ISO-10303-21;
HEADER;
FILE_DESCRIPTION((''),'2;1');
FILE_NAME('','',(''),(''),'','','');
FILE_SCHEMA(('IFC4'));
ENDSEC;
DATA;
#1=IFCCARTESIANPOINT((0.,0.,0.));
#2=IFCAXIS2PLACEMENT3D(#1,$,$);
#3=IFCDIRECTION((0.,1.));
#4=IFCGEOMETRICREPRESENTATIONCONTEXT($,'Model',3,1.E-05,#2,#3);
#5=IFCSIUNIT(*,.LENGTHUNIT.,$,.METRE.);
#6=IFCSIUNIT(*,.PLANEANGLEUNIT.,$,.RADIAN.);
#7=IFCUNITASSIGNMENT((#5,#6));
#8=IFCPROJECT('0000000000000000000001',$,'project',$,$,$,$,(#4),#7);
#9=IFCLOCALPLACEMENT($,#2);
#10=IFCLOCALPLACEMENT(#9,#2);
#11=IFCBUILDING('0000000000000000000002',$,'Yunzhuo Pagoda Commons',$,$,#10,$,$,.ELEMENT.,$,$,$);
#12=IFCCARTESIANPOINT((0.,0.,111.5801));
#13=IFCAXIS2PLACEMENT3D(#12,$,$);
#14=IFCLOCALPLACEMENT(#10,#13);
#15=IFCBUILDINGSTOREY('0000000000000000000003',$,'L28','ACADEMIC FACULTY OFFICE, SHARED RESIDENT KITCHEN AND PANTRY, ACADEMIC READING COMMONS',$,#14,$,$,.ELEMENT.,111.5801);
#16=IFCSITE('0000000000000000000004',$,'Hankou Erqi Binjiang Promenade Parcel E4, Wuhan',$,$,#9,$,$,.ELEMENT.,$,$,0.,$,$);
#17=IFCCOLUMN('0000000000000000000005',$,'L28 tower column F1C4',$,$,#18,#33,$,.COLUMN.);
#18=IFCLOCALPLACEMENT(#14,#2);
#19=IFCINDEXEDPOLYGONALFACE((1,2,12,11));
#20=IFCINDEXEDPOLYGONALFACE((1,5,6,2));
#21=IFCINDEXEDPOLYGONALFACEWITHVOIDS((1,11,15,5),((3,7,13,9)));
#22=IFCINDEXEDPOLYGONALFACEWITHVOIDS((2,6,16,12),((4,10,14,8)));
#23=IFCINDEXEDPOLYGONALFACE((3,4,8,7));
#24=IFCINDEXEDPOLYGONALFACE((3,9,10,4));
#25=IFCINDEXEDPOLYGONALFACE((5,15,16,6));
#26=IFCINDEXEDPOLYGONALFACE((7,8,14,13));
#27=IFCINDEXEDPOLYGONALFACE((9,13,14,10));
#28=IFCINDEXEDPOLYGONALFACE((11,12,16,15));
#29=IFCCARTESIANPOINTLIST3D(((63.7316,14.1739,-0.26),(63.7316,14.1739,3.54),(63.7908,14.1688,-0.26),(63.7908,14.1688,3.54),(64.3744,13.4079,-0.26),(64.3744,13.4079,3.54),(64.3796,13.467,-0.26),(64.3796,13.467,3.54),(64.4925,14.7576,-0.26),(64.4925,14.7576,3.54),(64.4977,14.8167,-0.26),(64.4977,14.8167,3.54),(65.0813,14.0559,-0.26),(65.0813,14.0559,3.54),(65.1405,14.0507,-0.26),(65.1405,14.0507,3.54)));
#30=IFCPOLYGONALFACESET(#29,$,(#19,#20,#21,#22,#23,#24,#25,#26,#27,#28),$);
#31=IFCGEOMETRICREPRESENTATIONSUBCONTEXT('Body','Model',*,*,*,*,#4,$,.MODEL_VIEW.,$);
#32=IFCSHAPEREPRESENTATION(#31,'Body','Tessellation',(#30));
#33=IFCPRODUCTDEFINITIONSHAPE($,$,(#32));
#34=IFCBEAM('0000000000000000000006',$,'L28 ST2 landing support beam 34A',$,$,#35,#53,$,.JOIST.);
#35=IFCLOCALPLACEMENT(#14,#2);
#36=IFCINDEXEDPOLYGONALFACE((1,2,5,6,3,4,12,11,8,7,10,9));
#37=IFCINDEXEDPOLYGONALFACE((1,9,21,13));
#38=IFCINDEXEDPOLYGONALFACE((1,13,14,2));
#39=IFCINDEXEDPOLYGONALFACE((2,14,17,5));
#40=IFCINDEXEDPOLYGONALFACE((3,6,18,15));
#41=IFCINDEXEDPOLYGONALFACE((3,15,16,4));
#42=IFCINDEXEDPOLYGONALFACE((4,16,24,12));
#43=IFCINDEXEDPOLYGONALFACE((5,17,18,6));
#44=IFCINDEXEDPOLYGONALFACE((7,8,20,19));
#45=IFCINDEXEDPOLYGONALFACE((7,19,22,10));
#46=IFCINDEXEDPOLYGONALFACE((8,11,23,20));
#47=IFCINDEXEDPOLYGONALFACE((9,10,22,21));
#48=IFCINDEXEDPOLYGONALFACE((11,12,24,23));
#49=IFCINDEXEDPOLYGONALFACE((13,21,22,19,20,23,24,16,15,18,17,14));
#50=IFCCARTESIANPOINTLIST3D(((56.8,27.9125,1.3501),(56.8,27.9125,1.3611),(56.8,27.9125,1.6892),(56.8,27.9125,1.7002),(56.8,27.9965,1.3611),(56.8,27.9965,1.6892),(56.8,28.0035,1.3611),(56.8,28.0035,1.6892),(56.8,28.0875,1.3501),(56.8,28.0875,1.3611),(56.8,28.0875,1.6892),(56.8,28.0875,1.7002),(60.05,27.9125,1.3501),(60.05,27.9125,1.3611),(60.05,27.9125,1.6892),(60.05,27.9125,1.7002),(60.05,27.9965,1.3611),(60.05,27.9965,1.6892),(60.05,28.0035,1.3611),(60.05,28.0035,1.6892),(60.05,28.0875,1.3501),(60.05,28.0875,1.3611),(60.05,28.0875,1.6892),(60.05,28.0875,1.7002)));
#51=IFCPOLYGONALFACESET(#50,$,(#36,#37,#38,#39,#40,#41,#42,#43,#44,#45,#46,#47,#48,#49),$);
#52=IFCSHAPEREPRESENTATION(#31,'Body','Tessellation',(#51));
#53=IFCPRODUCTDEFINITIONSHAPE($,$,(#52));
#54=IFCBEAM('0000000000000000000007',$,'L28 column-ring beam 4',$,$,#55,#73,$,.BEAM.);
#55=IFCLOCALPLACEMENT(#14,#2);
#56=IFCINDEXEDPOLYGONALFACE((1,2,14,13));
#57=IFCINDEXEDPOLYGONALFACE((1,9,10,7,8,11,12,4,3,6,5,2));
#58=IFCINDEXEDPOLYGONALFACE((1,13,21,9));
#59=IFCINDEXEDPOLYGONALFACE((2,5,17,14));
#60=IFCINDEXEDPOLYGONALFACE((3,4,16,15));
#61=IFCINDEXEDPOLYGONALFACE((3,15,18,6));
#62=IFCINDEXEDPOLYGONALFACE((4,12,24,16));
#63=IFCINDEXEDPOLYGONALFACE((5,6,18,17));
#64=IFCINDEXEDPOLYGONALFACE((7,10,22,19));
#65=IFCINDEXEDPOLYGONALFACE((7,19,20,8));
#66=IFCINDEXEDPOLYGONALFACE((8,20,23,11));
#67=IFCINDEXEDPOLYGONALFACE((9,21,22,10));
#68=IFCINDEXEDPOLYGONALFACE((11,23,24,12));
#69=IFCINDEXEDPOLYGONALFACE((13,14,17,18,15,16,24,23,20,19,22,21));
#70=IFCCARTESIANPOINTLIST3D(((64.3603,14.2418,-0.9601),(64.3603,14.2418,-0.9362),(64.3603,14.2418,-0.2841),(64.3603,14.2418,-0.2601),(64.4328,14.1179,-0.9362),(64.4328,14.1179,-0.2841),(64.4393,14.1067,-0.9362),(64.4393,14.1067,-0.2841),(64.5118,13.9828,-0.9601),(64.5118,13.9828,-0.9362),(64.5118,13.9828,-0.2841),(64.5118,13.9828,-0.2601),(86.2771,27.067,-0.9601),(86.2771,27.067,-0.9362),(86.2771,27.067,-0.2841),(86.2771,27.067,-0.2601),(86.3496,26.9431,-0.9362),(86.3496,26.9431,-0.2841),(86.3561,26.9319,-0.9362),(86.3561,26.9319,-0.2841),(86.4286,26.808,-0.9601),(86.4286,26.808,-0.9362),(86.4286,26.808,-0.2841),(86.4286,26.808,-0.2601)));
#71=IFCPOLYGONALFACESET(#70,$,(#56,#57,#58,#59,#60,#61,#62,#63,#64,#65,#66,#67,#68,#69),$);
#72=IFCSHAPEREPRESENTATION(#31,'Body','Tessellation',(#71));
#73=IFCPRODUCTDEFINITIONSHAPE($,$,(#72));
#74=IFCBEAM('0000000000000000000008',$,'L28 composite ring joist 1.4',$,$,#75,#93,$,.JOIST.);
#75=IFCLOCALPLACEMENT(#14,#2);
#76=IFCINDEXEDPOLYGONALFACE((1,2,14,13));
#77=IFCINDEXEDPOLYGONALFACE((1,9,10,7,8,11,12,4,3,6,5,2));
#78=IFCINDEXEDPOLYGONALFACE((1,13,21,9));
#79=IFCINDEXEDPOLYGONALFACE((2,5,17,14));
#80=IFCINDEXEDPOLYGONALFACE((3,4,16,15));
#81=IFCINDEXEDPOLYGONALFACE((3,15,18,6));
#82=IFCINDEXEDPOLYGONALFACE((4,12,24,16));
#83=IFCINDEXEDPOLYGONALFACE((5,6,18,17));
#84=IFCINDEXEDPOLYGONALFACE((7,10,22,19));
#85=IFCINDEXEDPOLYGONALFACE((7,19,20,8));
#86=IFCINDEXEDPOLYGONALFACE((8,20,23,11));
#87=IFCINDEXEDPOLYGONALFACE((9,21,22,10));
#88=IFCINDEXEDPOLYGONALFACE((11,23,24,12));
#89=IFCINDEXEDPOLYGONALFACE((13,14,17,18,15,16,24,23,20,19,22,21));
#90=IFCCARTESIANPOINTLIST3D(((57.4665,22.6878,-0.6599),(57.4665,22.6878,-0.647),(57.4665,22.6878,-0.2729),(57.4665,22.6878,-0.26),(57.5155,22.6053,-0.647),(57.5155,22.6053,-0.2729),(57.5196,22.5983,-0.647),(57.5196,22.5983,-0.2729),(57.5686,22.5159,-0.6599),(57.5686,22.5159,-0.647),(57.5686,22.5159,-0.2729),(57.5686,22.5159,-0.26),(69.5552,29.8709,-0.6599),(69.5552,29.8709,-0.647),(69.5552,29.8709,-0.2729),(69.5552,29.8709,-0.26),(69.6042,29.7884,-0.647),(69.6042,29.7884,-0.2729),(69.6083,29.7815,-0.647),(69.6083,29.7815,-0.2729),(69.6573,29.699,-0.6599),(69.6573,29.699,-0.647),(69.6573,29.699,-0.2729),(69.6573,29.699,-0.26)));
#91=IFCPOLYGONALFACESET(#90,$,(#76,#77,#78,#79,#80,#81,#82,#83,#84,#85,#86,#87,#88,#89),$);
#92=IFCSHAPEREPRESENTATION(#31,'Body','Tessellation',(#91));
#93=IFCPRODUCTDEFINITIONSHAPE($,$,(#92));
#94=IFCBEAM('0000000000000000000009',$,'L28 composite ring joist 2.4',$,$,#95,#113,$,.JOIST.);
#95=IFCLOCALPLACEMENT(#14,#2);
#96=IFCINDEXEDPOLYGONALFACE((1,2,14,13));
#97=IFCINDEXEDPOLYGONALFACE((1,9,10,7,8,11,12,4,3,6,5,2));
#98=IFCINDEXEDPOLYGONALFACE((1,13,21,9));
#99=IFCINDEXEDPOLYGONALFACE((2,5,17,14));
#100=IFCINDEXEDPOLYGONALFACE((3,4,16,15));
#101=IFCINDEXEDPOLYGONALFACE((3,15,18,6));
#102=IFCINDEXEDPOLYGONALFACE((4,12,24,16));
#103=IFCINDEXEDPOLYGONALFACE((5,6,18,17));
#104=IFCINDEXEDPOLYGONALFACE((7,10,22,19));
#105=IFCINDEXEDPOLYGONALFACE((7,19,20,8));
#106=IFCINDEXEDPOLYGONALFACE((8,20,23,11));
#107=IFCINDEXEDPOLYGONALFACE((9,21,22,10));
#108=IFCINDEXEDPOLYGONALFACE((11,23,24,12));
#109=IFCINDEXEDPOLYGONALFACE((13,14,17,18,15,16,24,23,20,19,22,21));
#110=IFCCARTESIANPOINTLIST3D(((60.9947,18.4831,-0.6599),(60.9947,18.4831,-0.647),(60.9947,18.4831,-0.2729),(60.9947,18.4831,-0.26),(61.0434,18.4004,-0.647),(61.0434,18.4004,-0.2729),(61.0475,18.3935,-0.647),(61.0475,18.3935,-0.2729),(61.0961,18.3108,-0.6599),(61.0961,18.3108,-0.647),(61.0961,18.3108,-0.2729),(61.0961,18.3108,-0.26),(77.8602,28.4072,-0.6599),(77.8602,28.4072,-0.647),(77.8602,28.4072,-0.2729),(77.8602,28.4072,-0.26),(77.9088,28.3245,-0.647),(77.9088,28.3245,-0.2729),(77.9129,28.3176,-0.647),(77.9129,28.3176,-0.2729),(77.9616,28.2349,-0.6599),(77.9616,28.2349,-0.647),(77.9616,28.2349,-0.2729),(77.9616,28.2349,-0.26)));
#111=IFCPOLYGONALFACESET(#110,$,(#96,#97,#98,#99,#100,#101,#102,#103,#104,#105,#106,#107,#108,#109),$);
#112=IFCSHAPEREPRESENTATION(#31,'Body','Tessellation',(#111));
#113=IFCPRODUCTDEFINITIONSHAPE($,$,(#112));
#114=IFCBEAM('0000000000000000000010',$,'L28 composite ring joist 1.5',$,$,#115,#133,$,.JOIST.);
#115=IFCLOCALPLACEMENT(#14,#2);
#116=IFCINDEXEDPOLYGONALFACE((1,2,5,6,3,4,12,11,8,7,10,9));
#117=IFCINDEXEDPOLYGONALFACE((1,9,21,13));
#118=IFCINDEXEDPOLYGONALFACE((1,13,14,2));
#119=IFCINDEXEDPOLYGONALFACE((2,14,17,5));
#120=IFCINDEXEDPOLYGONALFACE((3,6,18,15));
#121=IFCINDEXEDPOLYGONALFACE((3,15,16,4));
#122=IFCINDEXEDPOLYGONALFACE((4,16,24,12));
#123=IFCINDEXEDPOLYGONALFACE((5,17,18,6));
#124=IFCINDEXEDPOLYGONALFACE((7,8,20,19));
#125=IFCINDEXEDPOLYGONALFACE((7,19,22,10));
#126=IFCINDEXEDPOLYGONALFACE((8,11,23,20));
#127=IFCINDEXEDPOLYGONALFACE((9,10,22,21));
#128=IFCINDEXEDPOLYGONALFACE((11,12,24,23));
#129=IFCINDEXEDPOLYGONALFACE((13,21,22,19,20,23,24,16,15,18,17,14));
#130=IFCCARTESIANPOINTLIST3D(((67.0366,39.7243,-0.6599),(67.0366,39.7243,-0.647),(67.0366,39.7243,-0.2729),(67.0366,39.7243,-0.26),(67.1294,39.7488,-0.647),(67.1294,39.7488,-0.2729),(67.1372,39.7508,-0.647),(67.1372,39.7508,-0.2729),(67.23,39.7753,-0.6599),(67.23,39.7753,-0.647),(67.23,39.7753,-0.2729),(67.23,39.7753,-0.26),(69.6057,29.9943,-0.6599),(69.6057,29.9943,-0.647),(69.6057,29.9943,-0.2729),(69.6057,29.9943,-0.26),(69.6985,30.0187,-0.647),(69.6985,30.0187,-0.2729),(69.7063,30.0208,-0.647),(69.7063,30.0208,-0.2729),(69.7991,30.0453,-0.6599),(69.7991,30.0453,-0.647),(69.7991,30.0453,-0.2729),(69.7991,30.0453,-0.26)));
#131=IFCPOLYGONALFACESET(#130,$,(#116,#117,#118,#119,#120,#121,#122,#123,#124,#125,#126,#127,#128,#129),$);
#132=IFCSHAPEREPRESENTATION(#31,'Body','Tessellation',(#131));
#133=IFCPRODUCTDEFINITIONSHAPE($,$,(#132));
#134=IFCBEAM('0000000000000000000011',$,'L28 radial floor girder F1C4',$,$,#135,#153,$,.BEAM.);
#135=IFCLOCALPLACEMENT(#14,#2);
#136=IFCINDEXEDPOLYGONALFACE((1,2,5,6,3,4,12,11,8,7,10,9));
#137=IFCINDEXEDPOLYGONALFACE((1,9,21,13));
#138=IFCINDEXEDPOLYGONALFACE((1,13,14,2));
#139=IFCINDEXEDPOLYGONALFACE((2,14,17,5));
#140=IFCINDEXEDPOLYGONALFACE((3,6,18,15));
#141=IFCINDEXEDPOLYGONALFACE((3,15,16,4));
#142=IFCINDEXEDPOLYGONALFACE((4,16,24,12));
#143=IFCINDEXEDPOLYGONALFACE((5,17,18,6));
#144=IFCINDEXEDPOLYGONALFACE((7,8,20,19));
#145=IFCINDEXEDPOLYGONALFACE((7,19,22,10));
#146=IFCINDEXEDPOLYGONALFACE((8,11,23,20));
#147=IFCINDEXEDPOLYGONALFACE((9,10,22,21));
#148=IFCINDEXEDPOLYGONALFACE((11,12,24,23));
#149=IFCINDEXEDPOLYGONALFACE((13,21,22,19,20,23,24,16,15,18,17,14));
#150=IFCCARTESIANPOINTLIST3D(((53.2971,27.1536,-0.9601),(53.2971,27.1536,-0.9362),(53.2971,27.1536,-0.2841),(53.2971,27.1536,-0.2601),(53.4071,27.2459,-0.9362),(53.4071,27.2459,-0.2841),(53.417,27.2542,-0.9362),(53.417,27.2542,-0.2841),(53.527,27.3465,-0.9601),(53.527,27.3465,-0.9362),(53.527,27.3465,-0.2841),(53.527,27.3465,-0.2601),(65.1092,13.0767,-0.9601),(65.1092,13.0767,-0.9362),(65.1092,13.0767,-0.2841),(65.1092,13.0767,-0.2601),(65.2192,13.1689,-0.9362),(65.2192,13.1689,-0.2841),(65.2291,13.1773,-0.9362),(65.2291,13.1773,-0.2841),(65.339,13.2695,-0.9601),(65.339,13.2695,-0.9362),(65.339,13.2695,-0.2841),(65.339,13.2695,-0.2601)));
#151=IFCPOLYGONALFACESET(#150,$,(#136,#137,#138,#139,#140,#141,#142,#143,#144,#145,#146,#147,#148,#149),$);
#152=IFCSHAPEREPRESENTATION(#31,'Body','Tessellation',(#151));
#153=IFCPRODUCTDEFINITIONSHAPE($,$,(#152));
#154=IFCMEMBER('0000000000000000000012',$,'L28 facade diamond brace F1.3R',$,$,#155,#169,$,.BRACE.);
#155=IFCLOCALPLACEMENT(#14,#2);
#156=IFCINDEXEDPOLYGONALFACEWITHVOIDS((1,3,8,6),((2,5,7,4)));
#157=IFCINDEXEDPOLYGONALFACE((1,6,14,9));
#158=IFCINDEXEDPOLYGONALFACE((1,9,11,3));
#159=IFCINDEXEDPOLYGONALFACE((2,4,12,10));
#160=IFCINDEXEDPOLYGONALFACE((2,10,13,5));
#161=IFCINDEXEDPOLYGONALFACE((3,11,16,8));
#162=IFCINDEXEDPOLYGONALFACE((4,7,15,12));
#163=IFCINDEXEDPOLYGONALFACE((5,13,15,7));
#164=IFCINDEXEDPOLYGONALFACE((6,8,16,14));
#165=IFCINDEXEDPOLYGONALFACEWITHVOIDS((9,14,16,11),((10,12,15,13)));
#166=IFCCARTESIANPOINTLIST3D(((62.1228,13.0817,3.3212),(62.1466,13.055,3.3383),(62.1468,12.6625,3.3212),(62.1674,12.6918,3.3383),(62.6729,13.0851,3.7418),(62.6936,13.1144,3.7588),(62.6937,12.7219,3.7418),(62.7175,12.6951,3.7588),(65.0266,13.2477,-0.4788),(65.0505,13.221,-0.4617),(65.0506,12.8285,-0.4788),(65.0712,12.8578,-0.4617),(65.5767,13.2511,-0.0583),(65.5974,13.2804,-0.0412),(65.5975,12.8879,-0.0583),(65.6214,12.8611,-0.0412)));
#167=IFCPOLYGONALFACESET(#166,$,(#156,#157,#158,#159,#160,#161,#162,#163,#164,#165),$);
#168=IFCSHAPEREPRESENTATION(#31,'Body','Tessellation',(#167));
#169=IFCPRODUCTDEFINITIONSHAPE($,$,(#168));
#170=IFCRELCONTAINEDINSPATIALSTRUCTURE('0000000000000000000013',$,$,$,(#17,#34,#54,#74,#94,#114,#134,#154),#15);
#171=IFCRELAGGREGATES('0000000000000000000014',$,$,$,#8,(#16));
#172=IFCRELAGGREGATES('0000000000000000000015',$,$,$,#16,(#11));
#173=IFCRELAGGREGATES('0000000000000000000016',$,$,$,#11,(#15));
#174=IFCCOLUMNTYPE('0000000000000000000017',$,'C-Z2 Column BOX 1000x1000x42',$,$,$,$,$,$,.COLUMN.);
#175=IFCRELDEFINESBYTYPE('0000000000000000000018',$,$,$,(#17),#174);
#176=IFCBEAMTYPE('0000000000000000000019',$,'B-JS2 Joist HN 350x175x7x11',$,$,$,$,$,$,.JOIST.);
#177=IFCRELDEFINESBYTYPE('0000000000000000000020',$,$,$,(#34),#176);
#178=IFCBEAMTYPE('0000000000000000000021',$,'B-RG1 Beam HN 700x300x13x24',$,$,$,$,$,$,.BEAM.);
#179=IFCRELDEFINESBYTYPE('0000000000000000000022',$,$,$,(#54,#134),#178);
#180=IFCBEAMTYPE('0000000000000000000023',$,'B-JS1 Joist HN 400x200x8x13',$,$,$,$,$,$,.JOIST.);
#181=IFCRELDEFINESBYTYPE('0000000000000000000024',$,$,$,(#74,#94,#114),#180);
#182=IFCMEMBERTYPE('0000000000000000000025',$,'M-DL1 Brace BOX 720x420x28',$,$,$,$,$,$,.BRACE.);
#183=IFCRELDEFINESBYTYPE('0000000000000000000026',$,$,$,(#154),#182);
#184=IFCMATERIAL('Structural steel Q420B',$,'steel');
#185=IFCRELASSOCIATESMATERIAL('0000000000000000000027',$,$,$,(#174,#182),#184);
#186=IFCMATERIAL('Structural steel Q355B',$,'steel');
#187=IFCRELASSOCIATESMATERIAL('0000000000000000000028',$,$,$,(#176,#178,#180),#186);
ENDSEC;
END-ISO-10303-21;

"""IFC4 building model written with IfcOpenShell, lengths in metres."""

from ifc_helpers import new_model, si_unit, direction, frame, origin, origin_2d, place, context, subcontext, project, spatial, hollow_rectangle, i_section, extrude, source, transform, mapped, material, material_profile, profile_set, type_object, element, save


model = new_model("IFC4")

# Units and contexts
model_context = context("Model", 3, precision=1e-05, world=origin(), true_north=direction((0.0, 1.0)))
body_context = subcontext(model_context, "Body", "Model", "MODEL_VIEW")
ifc_project = project(units=[si_unit("LENGTHUNIT", "METRE"), si_unit("PLANEANGLEUNIT", "RADIAN")], contexts=[model_context])

# Site, building, storey
site_placement = place(None, origin())
site = spatial("IfcSite", under=ifc_project, at=site_placement, Name="Hankou Erqi Binjiang Promenade Parcel E4, Wuhan", CompositionType="ELEMENT", RefElevation=0.0)
building_placement = place(site_placement, origin())
building = spatial("IfcBuilding", under=site, at=building_placement, Name="Yunzhuo Pagoda Commons", CompositionType="ELEMENT")
storey_placement = place(building_placement, frame((0.0, 0.0, 111.5801)))
storey = spatial("IfcBuildingStorey", under=building, at=storey_placement, Name="L28", Description="ACADEMIC FACULTY OFFICE, SHARED RESIDENT KITCHEN AND PANTRY, ACADEMIC READING COMMONS", CompositionType="ELEMENT", Elevation=111.5801)

# Column
ifc_material_1 = material(Name="Structural steel Q420B", Category="steel")
ifc_material_profile_1 = material_profile(ifc_material_1, hollow_rectangle(XDim=1.0, YDim=1.0, WallThickness=0.042, at=origin_2d()), Name="Structural steel Q420B")
ifc_profile_set_1 = profile_set([ifc_material_profile_1], Name="Structural steel Q420B")
column_type = type_object("IfcColumnType", Name="C-Z2 Column BOX 1000x1000x42", PredefinedType="COLUMN", material=ifc_profile_set_1)
shared_shape_1 = source(origin(), body_context, "Body", "SweptSolid", [
    extrude(hollow_rectangle(XDim=1.0, YDim=1.0, WallThickness=0.042, at=origin_2d()), origin(), (0.0, 0.0, 1.0), 3.8),
])
column_placement = place(storey_placement, frame((64.436, 14.1123, -0.26), z_axis=(0.0, 0.0, 1.0), x_axis=(0.766044, 0.642788, 0.0)))
element("IfcColumn", 1, at=column_placement, inside=storey, type_object=column_type, Name="L28 tower column F1C4", PredefinedType="COLUMN", context=body_context, shape_type="MappedRepresentation", body=[
    mapped(shared_shape_1, transform((0.0, 0.0, 0.0), scale=1.0)),
])

# Beams
ifc_material_2 = material(Name="Structural steel Q355B", Category="steel")
ifc_material_profile_2 = material_profile(ifc_material_2, i_section(OverallWidth=0.175, OverallDepth=0.3501, WebThickness=0.0071, FlangeThickness=0.011, at=origin_2d()), Name="Structural steel Q355B")
ifc_profile_set_2 = profile_set([ifc_material_profile_2], Name="Structural steel Q355B")
beam_type_1 = type_object("IfcBeamType", Name="B-JS2 Joist HN 350x175x7x11", PredefinedType="JOIST", material=ifc_profile_set_2)
shared_shape_2 = source(origin(), body_context, "Body", "SweptSolid", [
    extrude(i_section(OverallWidth=0.175, OverallDepth=0.3501, WebThickness=0.0071, FlangeThickness=0.011, at=origin_2d()), origin(), (0.0, 0.0, 1.0), 3.25),
])
beam_1_placement = place(storey_placement, frame((56.8, 28.0, 1.5251), z_axis=(1.0, 0.0, 0.0), x_axis=(0.0, 1.0, 0.0)))
element("IfcBeam", 2, at=beam_1_placement, inside=storey, type_object=beam_type_1, Name="L28 ST2 landing support beam 34A", PredefinedType="JOIST", context=body_context, shape_type="MappedRepresentation", body=[
    mapped(shared_shape_2, transform((0.0, 0.0, 0.0), scale=1.0)),
])
ifc_material_profile_3 = material_profile(ifc_material_2, i_section(OverallWidth=0.3, OverallDepth=0.7, WebThickness=0.0129, FlangeThickness=0.0239, at=origin_2d()), Name="Structural steel Q355B")
ifc_profile_set_3 = profile_set([ifc_material_profile_3], Name="Structural steel Q355B")
beam_type_2 = type_object("IfcBeamType", Name="B-RG1 Beam HN 700x300x13x24", PredefinedType="BEAM", material=ifc_profile_set_3)
shared_shape_3 = source(origin(), body_context, "Body", "SweptSolid", [
    extrude(i_section(OverallWidth=0.3, OverallDepth=0.7, WebThickness=0.0129, FlangeThickness=0.0239, at=origin_2d()), origin(), (0.0, 0.0, 1.0), 25.3936),
])
beam_2_placement = place(storey_placement, frame((64.436, 14.1123, -0.6101), z_axis=(0.863085, 0.505058, 0.0), x_axis=(-0.505058, 0.863085, 0.0)))
element("IfcBeam", 3, at=beam_2_placement, inside=storey, type_object=beam_type_2, Name="L28 column-ring beam 4", PredefinedType="BEAM", context=body_context, shape_type="MappedRepresentation", body=[
    mapped(shared_shape_3, transform((0.0, 0.0, 0.0), scale=1.0)),
])
ifc_material_profile_4 = material_profile(ifc_material_2, i_section(OverallWidth=0.2, OverallDepth=0.3999, WebThickness=0.0081, FlangeThickness=0.0129, at=origin_2d()), Name="Structural steel Q355B")
ifc_profile_set_4 = profile_set([ifc_material_profile_4], Name="Structural steel Q355B")
beam_type_3 = type_object("IfcBeamType", Name="B-JS1 Joist HN 400x200x8x13", PredefinedType="JOIST", material=ifc_profile_set_4)
shared_shape_4 = source(origin(), body_context, "Body", "SweptSolid", [
    extrude(i_section(OverallWidth=0.2, OverallDepth=0.3999, WebThickness=0.0081, FlangeThickness=0.0129, at=origin_2d()), origin(), (0.0, 0.0, 1.0), 14.0618),
])
beam_3_placement = place(storey_placement, frame((57.5176, 22.6018, -0.46), z_axis=(0.859683, 0.510827, 0.0), x_axis=(-0.510827, 0.859683, 0.0)))
element("IfcBeam", 4, at=beam_3_placement, inside=storey, type_object=beam_type_3, Name="L28 composite ring joist 1.4", PredefinedType="JOIST", context=body_context, shape_type="MappedRepresentation", body=[
    mapped(shared_shape_4, transform((0.0, 0.0, 0.0), scale=1.0)),
])
shared_shape_5 = source(origin(), body_context, "Body", "SweptSolid", [
    extrude(i_section(OverallWidth=0.2, OverallDepth=0.3999, WebThickness=0.0081, FlangeThickness=0.0129, at=origin_2d()), origin(), (0.0, 0.0, 1.0), 19.5686),
])
beam_4_placement = place(storey_placement, frame((61.0454, 18.397, -0.46), z_axis=(0.861863, 0.507142, 0.0), x_axis=(-0.507142, 0.861863, 0.0)))
element("IfcBeam", 5, at=beam_4_placement, inside=storey, type_object=beam_type_3, Name="L28 composite ring joist 2.4", PredefinedType="JOIST", context=body_context, shape_type="MappedRepresentation", body=[
    mapped(shared_shape_5, transform((0.0, 0.0, 0.0), scale=1.0)),
])
shared_shape_6 = source(origin(), body_context, "Body", "SweptSolid", [
    extrude(i_section(OverallWidth=0.2, OverallDepth=0.3999, WebThickness=0.0081, FlangeThickness=0.0129, at=origin_2d()), origin(), (0.0, 0.0, 1.0), 10.0635),
])
beam_5_placement = place(storey_placement, frame((69.7024, 30.0198, -0.46), z_axis=(-0.25529, 0.966865, 0.0), x_axis=(-0.966865, -0.25529, 0.0)))
element("IfcBeam", 6, at=beam_5_placement, inside=storey, type_object=beam_type_3, Name="L28 composite ring joist 1.5", PredefinedType="JOIST", context=body_context, shape_type="MappedRepresentation", body=[
    mapped(shared_shape_6, transform((0.0, 0.0, 0.0), scale=1.0)),
])
shared_shape_7 = source(origin(), body_context, "Body", "SweptSolid", [
    extrude(i_section(OverallWidth=0.3, OverallDepth=0.7, WebThickness=0.0129, FlangeThickness=0.0239, at=origin_2d()), origin(), (0.0, 0.0, 1.0), 18.3762),
])
beam_6_placement = place(storey_placement, frame((65.2241, 13.1731, -0.6101), z_axis=(-0.64279, 0.766042, 0.0), x_axis=(-0.766042, -0.64279, 0.0)))
element("IfcBeam", 7, at=beam_6_placement, inside=storey, type_object=beam_type_2, Name="L28 radial floor girder F1C4", PredefinedType="BEAM", context=body_context, shape_type="MappedRepresentation", body=[
    mapped(shared_shape_7, transform((0.0, 0.0, 0.0), scale=1.0)),
])

# Member
ifc_material_profile_5 = material_profile(ifc_material_1, hollow_rectangle(XDim=0.4199, YDim=0.72, WallThickness=0.0281, at=origin_2d()), Name="Structural steel Q420B")
ifc_profile_set_5 = profile_set([ifc_material_profile_5], Name="Structural steel Q420B")
member_type_1 = type_object("IfcMemberType", Name="M-DL1 Brace BOX 720x420x28", PredefinedType="BRACE", material=ifc_profile_set_5)
shared_shape_8 = source(origin(), body_context, "Body", "SweptSolid", [
    extrude(hollow_rectangle(XDim=0.4199, YDim=0.72, WallThickness=0.0281, at=origin_2d()), origin(), (0.0, 0.0, 1.0), 4.7854),
])
member_1_placement = place(storey_placement, frame((65.324, 13.0544, -0.26), z_axis=(-0.606806, -0.034692, 0.794092), x_axis=(0.057078, -0.99837, 0.0)))
element("IfcMember", 8, at=member_1_placement, inside=storey, type_object=member_type_1, Name="L28 facade diamond brace F1.3R", PredefinedType="BRACE", context=body_context, shape_type="MappedRepresentation", body=[
    mapped(shared_shape_8, transform((0.0, 0.0, 0.0), scale=1.0)),
])

save(model, "model.ifc")
